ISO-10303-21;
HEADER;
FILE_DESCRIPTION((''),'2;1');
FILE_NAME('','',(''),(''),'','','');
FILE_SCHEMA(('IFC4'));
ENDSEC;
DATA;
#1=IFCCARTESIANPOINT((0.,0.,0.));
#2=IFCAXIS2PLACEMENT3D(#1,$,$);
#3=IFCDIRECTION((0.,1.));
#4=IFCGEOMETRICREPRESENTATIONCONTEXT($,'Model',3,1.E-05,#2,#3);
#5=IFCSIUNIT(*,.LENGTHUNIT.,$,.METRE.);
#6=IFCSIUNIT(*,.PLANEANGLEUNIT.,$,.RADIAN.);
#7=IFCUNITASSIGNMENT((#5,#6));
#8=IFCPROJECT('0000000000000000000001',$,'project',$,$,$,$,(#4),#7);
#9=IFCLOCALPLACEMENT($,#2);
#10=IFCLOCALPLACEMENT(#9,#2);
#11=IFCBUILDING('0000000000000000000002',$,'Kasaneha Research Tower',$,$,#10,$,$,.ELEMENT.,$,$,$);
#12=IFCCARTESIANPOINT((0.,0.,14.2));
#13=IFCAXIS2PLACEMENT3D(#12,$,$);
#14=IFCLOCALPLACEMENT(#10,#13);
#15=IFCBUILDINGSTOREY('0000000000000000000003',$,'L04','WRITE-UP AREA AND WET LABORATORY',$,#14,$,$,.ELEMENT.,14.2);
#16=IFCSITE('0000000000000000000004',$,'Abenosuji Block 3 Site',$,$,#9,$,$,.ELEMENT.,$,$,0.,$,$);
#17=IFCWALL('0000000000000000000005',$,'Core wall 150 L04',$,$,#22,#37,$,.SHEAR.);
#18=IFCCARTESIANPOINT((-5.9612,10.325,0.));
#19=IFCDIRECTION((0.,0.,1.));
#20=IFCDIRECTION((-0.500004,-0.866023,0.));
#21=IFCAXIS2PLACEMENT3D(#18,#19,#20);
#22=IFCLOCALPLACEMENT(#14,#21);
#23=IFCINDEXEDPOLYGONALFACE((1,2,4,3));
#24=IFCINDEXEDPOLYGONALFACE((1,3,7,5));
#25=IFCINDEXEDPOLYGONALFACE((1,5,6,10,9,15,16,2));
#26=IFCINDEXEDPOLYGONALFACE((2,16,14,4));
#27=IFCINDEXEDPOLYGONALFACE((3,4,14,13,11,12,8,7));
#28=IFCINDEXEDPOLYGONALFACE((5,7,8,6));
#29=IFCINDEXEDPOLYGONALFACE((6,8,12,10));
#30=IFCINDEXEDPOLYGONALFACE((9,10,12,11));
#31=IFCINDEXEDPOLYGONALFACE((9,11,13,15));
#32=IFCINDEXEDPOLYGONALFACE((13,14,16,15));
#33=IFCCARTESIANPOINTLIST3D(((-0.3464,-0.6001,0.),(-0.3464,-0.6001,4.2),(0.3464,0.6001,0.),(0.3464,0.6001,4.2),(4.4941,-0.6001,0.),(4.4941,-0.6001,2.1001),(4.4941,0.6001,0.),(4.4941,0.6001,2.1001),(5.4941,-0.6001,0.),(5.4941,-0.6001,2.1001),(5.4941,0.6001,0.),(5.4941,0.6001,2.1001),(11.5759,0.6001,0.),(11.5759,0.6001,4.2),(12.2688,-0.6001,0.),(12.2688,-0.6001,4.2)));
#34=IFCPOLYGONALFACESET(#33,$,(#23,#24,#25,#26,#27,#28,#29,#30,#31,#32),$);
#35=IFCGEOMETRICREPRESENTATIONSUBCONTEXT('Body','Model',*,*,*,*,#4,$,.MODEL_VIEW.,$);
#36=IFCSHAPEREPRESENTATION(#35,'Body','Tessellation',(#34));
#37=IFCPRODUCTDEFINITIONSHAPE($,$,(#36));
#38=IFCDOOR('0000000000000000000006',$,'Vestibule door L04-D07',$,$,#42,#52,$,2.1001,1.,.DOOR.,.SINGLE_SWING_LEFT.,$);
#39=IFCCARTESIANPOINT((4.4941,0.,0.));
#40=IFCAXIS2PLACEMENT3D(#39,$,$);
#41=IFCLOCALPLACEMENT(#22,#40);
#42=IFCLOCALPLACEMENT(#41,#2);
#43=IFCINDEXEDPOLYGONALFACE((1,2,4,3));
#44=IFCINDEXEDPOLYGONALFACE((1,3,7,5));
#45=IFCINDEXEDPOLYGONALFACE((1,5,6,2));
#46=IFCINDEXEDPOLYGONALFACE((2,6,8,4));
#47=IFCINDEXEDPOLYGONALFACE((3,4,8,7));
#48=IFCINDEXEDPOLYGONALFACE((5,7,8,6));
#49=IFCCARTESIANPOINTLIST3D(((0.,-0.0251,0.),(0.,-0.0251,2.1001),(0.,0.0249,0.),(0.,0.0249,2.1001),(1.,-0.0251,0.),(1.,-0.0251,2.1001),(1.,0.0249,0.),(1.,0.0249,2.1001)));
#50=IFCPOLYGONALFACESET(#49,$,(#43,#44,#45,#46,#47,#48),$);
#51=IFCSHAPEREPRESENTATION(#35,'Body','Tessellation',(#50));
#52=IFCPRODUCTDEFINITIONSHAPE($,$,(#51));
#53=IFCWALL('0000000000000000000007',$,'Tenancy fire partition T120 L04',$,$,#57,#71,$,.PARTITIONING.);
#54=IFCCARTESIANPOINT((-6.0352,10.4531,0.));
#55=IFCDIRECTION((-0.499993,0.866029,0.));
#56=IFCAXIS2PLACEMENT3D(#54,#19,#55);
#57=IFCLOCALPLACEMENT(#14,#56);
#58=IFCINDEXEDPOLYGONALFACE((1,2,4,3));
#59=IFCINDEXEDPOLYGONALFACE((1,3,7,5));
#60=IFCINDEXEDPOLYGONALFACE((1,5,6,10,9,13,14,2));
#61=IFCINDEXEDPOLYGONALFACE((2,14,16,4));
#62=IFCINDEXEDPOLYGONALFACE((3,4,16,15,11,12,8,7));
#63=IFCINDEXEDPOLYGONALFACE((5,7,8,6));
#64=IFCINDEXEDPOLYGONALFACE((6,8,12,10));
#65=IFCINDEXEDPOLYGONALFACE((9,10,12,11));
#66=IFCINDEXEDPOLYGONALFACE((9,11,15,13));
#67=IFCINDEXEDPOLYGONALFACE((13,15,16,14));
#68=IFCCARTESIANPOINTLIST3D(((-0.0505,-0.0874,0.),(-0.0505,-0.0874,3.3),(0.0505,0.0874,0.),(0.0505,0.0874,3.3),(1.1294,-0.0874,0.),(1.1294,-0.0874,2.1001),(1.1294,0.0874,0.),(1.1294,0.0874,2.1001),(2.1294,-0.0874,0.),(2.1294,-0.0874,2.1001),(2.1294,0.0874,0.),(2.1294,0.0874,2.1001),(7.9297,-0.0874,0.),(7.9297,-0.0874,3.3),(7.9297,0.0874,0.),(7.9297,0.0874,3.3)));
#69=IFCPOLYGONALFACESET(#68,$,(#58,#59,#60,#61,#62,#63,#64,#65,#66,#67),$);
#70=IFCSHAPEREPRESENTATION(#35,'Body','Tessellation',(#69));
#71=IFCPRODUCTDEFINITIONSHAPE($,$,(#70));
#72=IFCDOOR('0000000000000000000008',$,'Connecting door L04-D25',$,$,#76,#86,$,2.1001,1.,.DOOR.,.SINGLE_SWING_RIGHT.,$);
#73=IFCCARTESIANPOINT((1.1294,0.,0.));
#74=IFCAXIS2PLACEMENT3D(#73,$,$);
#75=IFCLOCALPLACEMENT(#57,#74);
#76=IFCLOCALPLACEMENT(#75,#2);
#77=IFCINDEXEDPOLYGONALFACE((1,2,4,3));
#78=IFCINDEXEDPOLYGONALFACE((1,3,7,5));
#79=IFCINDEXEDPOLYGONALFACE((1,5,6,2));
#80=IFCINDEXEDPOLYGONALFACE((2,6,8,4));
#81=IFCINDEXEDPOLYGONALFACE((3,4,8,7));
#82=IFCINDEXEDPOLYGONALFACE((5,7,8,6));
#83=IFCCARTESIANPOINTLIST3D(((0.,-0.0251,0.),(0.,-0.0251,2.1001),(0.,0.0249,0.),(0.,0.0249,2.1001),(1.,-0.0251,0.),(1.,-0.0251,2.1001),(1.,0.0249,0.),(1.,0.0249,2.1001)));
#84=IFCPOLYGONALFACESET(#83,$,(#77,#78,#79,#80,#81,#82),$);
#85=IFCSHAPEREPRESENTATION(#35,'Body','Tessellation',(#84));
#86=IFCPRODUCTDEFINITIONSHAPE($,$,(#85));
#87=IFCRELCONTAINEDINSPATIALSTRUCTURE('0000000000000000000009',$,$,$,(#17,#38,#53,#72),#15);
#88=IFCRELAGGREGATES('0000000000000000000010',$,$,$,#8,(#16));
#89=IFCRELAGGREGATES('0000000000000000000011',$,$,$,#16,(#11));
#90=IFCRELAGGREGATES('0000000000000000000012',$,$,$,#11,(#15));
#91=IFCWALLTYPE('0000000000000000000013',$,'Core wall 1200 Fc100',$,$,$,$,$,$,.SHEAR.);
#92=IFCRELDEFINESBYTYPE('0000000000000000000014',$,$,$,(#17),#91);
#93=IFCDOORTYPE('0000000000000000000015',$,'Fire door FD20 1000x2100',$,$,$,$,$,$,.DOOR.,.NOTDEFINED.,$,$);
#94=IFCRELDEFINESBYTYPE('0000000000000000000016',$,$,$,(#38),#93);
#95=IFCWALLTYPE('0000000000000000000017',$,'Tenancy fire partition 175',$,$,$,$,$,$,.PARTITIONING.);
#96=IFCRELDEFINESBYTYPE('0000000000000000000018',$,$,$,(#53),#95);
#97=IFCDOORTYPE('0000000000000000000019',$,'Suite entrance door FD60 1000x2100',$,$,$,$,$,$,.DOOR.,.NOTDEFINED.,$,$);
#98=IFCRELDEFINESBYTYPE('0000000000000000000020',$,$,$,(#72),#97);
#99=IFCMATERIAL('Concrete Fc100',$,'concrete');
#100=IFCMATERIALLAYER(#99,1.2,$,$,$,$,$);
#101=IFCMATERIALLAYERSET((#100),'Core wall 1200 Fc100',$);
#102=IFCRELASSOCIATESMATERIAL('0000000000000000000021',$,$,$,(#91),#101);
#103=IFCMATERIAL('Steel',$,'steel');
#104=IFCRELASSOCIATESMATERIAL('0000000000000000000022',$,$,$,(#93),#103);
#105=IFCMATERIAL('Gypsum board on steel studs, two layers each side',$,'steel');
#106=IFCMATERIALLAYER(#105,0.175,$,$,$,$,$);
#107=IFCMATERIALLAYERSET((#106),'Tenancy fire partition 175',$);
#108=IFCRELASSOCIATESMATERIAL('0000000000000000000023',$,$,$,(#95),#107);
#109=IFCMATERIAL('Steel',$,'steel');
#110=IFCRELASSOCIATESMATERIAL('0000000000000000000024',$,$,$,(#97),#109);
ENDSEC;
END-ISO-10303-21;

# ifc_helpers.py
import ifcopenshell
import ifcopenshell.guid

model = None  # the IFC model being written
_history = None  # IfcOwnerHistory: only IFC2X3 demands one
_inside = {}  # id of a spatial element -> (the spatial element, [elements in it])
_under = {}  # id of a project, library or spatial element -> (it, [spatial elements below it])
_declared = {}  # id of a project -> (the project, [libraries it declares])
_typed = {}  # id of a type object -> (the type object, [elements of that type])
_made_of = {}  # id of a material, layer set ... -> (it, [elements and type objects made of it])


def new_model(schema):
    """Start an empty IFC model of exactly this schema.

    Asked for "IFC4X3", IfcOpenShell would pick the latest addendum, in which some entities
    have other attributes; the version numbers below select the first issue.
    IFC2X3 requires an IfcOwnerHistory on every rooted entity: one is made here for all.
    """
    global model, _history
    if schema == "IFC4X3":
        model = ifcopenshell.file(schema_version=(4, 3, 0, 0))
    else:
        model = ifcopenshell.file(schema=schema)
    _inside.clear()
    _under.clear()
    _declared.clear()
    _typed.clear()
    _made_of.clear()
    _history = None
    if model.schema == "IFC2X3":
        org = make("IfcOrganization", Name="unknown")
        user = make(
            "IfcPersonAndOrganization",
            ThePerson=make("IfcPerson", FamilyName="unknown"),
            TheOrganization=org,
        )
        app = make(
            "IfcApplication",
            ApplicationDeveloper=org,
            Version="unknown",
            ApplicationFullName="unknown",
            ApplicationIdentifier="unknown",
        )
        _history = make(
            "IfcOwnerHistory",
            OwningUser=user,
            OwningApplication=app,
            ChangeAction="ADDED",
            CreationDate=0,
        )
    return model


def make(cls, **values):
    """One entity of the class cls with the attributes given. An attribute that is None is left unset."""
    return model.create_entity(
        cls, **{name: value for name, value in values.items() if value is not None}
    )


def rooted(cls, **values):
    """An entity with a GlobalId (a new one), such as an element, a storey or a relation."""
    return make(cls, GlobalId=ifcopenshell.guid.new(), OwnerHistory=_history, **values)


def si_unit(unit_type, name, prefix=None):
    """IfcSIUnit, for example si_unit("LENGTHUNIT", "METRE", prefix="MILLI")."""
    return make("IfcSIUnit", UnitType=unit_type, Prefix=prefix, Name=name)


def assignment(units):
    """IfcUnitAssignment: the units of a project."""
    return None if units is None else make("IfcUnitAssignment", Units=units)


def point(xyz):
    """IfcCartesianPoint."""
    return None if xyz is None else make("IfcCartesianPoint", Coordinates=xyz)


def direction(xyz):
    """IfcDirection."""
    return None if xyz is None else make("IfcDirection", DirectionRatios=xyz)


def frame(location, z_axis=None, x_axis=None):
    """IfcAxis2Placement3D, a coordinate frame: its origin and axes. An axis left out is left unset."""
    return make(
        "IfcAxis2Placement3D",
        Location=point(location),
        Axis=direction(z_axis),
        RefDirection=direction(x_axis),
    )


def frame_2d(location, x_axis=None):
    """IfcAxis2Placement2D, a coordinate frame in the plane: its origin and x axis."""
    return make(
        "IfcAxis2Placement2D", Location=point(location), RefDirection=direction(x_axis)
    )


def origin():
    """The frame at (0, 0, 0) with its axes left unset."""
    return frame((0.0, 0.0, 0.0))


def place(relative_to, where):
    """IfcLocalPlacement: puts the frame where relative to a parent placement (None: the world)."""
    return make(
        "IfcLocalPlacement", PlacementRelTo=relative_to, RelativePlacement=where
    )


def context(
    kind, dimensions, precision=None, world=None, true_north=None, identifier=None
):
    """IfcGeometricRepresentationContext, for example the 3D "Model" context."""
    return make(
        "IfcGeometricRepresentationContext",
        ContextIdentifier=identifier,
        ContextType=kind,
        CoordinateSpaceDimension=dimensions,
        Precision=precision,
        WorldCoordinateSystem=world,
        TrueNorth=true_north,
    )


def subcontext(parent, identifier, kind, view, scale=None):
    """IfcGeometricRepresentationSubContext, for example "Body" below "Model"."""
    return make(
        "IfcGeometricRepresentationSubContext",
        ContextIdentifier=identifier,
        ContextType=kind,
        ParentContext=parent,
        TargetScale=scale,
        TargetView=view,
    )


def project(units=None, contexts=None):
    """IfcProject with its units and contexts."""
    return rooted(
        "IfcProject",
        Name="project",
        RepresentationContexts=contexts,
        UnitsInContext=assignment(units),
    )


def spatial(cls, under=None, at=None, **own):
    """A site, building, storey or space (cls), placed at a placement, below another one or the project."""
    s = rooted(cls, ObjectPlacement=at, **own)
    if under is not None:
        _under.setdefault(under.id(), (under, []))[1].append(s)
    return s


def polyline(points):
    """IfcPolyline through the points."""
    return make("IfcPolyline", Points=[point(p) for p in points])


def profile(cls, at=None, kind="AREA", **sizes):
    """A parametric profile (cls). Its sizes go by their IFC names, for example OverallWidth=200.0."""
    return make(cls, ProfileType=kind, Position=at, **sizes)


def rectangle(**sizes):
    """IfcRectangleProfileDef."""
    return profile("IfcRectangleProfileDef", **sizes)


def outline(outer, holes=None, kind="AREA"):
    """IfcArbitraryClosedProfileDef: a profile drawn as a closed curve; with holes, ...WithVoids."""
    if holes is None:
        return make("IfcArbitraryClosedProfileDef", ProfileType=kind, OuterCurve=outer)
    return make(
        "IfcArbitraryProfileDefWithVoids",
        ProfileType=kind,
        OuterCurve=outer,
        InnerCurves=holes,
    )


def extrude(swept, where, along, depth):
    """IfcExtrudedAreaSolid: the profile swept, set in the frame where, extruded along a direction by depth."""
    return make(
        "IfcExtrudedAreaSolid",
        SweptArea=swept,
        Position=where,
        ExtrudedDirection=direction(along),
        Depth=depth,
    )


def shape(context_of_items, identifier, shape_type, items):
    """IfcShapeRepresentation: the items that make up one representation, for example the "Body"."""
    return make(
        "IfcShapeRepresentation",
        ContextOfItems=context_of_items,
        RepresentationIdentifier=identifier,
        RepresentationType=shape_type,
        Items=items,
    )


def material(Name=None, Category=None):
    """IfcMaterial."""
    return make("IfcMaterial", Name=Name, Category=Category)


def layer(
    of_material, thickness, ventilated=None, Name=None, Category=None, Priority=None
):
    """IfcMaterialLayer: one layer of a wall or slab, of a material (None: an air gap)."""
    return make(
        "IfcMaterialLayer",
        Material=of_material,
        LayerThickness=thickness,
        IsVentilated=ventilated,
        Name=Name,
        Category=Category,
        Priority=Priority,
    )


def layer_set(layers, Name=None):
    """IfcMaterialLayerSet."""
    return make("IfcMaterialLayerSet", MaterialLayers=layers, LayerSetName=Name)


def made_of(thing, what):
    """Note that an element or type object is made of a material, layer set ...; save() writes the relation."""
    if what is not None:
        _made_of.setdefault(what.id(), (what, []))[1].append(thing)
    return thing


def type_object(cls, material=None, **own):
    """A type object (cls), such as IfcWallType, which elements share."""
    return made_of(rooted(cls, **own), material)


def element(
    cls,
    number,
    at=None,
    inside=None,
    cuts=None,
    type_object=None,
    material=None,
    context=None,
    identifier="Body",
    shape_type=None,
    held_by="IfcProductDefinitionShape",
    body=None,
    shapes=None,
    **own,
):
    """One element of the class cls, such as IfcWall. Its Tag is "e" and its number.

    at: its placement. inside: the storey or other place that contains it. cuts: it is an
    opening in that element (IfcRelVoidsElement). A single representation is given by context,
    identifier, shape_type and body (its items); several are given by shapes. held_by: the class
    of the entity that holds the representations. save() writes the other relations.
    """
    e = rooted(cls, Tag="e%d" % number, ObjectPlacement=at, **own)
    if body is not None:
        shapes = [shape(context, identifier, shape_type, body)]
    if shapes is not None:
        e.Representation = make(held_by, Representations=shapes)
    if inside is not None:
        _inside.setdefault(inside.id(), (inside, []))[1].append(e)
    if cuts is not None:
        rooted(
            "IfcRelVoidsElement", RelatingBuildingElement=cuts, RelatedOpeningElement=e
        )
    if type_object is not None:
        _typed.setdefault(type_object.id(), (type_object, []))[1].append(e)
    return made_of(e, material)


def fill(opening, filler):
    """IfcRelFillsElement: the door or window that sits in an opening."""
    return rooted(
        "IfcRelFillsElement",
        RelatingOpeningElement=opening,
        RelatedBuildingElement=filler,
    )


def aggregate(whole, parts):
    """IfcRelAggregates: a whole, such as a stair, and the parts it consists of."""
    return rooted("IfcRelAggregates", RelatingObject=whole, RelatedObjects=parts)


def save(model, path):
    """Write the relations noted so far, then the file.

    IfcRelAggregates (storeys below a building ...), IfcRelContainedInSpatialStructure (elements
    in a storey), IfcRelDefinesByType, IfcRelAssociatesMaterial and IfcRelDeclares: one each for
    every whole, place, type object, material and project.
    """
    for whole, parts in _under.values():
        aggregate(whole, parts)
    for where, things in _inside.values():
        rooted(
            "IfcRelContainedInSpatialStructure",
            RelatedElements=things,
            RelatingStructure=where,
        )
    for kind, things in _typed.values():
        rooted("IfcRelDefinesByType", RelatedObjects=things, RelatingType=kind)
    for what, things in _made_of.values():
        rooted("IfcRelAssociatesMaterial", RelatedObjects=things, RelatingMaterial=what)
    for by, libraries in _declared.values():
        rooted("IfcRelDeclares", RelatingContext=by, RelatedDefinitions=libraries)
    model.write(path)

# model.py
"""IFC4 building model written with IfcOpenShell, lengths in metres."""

from ifc_helpers import new_model, si_unit, direction, frame, frame_2d, origin, place, context, subcontext, project, spatial, polyline, rectangle, outline, extrude, material, layer, layer_set, type_object, element, fill, save


model = new_model("IFC4")

# Units and contexts
model_context = context("Model", 3, precision=1e-05, world=origin(), true_north=direction((0.0, 1.0)))
body_context = subcontext(model_context, "Body", "Model", "MODEL_VIEW")
ifc_project = project(units=[si_unit("LENGTHUNIT", "METRE"), si_unit("PLANEANGLEUNIT", "RADIAN")], contexts=[model_context])

# Site, building, storey
site_placement = place(None, origin())
site = spatial("IfcSite", under=ifc_project, at=site_placement, Name="Abenosuji Block 3 Site", CompositionType="ELEMENT", RefElevation=0.0)
building_placement = place(site_placement, origin())
building = spatial("IfcBuilding", under=site, at=building_placement, Name="Kasaneha Research Tower", CompositionType="ELEMENT")
storey_placement = place(building_placement, frame((0.0, 0.0, 14.2)))
storey = spatial("IfcBuildingStorey", under=building, at=storey_placement, Name="L04", Description="WRITE-UP AREA AND WET LABORATORY", CompositionType="ELEMENT", Elevation=14.2)

# Wall, opening, door
ifc_material_1 = material(Name="Concrete Fc100", Category="concrete")
ifc_layer_1 = layer(ifc_material_1, 1.2)
ifc_layer_set_1 = layer_set([ifc_layer_1], Name="Core wall 1200 Fc100")
wall_type_1 = type_object("IfcWallType", Name="Core wall 1200 Fc100", PredefinedType="SHEAR", material=ifc_layer_set_1)
wall_1_placement = place(storey_placement, frame((-5.9612, 10.325, 0.0), z_axis=(0.0, 0.0, 1.0), x_axis=(-0.500004, -0.866023, 0.0)))
wall_1 = element("IfcWall", 1, at=wall_1_placement, inside=storey, type_object=wall_type_1, Name="Core wall 150 L04", PredefinedType="SHEAR", context=body_context, shape_type="SweptSolid", body=[
    extrude(outline(polyline([(-0.3464, -0.6001), (4.4941, -0.6001), (5.4941, -0.6001), (12.2688, -0.6001), (11.5759, 0.6001), (5.4941, 0.6001), (4.4941, 0.6001), (0.3464, 0.6001), (-0.3464, -0.6001)])), origin(), (0.0, 0.0, 1.0), 4.2),
])
opening_1_placement = place(wall_1_placement, frame((4.4941, 0.0, 0.0)))
opening_1 = element("IfcOpeningElement", 2, at=opening_1_placement, cuts=wall_1, PredefinedType="OPENING", context=body_context, shape_type="SweptSolid", body=[
    extrude(rectangle(XDim=1.0, YDim=2.1001, at=frame_2d((0.5, 1.05))), frame((0.0, 0.6099, 0.0), z_axis=(0.0, -1.0, 0.0), x_axis=(1.0, 0.0, 0.0)), (0.0, 0.0, 1.0), 1.22),
])
ifc_material_2 = material(Name="Steel", Category="steel")
door_type_1 = type_object("IfcDoorType", Name="Fire door FD20 1000x2100", OperationType="NOTDEFINED", PredefinedType="DOOR", material=ifc_material_2)
door_1_placement = place(opening_1_placement, origin())
door_1 = element("IfcDoor", 3, at=door_1_placement, inside=storey, type_object=door_type_1, Name="Vestibule door L04-D07", OperationType="SINGLE_SWING_LEFT", OverallHeight=2.1001, OverallWidth=1.0, PredefinedType="DOOR", context=body_context, shape_type="SweptSolid", body=[
    extrude(rectangle(XDim=1.0, YDim=2.1001, at=frame_2d((0.5, 1.05))), frame((0.0, 0.0249, 0.0), z_axis=(0.0, -1.0, 0.0), x_axis=(1.0, 0.0, 0.0)), (0.0, 0.0, 1.0), 0.05),
])
fill(opening_1, door_1)

# Wall, opening, door
ifc_material_3 = material(Name="Gypsum board on steel studs, two layers each side", Category="steel")
ifc_layer_2 = layer(ifc_material_3, 0.175)
ifc_layer_set_2 = layer_set([ifc_layer_2], Name="Tenancy fire partition 175")
wall_type_2 = type_object("IfcWallType", Name="Tenancy fire partition 175", PredefinedType="PARTITIONING", material=ifc_layer_set_2)
wall_2_placement = place(storey_placement, frame((-6.0352, 10.4531, 0.0), z_axis=(0.0, 0.0, 1.0), x_axis=(-0.499993, 0.866029, 0.0)))
wall_2 = element("IfcWall", 4, at=wall_2_placement, inside=storey, type_object=wall_type_2, Name="Tenancy fire partition T120 L04", PredefinedType="PARTITIONING", context=body_context, shape_type="SweptSolid", body=[
    extrude(outline(polyline([(-0.0505, -0.0874), (1.1294, -0.0874), (2.1294, -0.0874), (7.9297, -0.0874), (7.9297, 0.0874), (2.1294, 0.0874), (1.1294, 0.0874), (0.0505, 0.0874), (-0.0505, -0.0874)])), origin(), (0.0, 0.0, 1.0), 3.3),
])
opening_2_placement = place(wall_2_placement, frame((1.1294, 0.0, 0.0)))
opening_2 = element("IfcOpeningElement", 5, at=opening_2_placement, cuts=wall_2, PredefinedType="OPENING", context=body_context, shape_type="SweptSolid", body=[
    extrude(rectangle(XDim=1.0, YDim=2.1001, at=frame_2d((0.5, 1.05))), frame((0.0, 0.0977, 0.0), z_axis=(0.0, -1.0, 0.0), x_axis=(1.0, 0.0, 0.0)), (0.0, 0.0, 1.0), 0.1951),
])
ifc_material_4 = material(Name="Steel", Category="steel")
door_type_2 = type_object("IfcDoorType", Name="Suite entrance door FD60 1000x2100", OperationType="NOTDEFINED", PredefinedType="DOOR", material=ifc_material_4)
door_2_placement = place(opening_2_placement, origin())
door_2 = element("IfcDoor", 6, at=door_2_placement, inside=storey, type_object=door_type_2, Name="Connecting door L04-D25", OperationType="SINGLE_SWING_RIGHT", OverallHeight=2.1001, OverallWidth=1.0, PredefinedType="DOOR", context=body_context, shape_type="SweptSolid", body=[
    extrude(rectangle(XDim=1.0, YDim=2.1001, at=frame_2d((0.5, 1.05))), frame((0.0, 0.0249, 0.0), z_axis=(0.0, -1.0, 0.0), x_axis=(1.0, 0.0, 0.0)), (0.0, 0.0, 1.0), 0.05),
])
fill(opening_2, door_2)

save(model, "model.ifc")
